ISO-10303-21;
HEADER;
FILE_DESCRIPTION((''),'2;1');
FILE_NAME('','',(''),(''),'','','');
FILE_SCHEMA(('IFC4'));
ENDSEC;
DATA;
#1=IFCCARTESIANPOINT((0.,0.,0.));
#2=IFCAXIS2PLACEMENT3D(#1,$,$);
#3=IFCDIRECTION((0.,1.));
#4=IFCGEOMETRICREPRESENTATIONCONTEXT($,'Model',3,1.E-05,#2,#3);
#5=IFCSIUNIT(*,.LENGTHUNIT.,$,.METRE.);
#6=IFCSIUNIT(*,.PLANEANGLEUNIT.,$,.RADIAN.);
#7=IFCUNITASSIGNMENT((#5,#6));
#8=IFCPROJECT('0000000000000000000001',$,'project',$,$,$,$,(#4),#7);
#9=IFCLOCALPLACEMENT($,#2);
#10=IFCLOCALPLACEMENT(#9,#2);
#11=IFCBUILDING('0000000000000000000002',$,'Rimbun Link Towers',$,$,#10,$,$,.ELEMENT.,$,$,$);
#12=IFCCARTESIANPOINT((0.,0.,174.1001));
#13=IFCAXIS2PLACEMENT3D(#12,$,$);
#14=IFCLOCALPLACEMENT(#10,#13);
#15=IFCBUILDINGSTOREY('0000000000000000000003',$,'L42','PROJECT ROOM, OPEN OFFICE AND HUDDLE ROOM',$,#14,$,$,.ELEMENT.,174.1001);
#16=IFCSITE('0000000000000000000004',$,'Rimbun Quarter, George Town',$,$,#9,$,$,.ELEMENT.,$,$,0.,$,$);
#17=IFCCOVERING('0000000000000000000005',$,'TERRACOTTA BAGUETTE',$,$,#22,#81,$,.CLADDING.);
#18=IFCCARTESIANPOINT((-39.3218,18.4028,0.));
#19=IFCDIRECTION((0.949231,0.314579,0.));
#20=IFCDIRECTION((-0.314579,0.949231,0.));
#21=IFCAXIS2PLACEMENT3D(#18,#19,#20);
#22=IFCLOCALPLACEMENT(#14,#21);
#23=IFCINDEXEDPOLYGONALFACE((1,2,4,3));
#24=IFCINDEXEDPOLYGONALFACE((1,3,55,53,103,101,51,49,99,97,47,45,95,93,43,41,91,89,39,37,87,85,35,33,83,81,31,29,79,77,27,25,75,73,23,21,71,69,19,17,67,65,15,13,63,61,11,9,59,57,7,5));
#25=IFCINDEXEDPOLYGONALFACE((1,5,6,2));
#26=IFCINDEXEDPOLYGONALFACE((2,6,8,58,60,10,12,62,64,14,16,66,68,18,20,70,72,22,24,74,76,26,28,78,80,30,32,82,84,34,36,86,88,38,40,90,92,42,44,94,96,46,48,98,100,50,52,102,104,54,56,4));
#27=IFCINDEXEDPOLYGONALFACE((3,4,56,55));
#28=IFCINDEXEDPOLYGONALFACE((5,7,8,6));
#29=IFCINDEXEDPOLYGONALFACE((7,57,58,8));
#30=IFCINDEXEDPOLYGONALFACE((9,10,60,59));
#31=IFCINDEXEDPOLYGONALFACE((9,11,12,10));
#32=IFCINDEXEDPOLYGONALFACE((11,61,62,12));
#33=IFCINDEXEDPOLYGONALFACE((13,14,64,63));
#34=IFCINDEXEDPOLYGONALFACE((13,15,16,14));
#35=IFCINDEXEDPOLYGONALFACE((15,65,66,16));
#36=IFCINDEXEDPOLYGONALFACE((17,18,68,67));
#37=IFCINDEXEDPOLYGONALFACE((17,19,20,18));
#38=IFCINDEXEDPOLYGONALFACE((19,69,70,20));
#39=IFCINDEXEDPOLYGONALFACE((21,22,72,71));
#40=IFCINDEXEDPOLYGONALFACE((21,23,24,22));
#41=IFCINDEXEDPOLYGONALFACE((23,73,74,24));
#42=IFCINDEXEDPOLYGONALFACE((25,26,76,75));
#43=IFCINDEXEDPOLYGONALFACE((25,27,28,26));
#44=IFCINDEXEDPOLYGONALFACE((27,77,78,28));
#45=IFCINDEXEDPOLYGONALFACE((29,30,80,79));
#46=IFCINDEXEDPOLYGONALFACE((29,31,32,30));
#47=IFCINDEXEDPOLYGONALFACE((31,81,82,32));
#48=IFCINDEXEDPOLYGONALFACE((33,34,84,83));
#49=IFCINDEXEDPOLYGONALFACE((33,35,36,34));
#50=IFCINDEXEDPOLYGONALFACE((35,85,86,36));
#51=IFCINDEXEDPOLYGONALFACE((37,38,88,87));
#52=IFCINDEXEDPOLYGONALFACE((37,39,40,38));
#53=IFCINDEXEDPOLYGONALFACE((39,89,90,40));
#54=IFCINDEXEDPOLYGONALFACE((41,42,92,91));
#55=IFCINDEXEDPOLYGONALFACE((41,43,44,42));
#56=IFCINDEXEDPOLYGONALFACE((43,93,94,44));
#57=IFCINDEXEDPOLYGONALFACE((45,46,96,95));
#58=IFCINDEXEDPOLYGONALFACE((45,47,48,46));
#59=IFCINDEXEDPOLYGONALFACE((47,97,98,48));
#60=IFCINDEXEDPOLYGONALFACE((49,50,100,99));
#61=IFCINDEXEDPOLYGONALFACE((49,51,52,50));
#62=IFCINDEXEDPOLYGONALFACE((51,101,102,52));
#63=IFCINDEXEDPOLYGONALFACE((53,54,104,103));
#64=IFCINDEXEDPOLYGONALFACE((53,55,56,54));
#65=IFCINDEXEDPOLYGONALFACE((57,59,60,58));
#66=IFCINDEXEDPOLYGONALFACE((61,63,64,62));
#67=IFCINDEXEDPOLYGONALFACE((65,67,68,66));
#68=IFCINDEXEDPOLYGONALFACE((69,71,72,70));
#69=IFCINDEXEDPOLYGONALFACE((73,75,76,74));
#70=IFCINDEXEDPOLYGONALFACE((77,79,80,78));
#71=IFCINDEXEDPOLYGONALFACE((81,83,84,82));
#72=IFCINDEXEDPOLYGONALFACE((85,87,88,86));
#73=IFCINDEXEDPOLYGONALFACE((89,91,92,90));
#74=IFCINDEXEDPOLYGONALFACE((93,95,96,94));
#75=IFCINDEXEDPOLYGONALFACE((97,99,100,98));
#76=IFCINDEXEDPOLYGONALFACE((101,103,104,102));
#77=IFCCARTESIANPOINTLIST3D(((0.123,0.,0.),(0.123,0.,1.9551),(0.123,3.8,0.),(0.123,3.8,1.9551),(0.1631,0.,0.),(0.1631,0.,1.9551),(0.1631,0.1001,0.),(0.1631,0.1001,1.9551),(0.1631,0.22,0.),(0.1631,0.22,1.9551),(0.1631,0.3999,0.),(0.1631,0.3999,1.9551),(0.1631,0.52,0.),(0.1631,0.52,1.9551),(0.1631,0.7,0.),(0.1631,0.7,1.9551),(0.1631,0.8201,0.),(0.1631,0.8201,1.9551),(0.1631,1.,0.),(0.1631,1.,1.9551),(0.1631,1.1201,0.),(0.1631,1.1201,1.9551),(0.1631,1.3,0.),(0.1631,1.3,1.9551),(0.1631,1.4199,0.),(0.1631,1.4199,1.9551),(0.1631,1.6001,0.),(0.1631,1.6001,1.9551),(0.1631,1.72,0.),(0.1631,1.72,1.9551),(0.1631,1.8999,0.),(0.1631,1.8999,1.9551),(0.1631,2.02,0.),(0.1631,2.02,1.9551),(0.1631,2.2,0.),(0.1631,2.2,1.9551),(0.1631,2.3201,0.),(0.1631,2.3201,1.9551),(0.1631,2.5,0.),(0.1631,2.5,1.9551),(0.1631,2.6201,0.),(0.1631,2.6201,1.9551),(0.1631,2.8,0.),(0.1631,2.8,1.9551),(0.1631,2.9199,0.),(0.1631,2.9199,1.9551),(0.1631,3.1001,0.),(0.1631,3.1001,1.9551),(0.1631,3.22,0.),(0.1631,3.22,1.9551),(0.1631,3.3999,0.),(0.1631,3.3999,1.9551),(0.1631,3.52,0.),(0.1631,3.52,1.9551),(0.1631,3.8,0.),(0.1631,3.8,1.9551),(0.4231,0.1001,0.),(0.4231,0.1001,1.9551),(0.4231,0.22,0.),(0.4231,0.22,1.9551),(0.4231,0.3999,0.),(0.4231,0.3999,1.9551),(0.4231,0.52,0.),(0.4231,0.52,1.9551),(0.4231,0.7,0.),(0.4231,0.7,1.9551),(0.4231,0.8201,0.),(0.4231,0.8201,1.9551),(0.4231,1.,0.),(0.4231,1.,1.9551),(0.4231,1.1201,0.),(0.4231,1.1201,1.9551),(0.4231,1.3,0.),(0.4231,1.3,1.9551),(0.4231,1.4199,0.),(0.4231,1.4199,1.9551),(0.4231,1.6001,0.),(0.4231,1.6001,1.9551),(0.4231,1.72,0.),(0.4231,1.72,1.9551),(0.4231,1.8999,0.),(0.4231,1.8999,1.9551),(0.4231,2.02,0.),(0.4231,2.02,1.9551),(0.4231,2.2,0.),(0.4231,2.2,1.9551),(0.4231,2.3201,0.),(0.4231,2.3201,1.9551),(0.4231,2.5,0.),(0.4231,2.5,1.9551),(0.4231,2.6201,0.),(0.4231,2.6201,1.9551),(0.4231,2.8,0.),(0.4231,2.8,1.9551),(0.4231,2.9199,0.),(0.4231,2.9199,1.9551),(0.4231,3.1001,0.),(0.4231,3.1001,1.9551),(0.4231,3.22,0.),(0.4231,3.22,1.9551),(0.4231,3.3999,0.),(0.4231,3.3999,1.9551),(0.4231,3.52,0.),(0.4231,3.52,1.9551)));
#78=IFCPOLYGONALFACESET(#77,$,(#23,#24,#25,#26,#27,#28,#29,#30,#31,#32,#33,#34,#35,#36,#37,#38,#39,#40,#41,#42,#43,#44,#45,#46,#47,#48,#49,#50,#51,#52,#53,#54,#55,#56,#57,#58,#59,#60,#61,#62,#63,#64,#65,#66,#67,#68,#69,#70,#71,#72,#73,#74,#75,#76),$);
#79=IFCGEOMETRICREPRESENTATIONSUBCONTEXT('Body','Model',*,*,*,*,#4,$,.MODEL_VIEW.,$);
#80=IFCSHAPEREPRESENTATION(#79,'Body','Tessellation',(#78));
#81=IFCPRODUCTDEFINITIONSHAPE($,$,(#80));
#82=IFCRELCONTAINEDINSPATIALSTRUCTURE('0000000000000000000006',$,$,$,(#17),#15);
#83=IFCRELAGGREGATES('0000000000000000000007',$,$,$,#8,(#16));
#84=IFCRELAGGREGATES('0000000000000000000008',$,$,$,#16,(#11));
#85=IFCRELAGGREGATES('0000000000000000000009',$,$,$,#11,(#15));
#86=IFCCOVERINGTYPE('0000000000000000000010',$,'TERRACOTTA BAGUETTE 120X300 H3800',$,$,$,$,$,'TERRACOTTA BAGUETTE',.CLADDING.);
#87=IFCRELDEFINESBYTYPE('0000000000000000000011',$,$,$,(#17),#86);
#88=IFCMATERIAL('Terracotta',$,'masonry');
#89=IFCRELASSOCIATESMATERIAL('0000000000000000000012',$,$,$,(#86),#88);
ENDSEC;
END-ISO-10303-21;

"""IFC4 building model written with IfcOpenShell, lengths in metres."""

from ifc_helpers import new_model, si_unit, direction, frame, origin, place, context, subcontext, project, spatial, polyline, outline, extrude, material, material_profile, profile_set, type_object, element, save


model = new_model("IFC4")

# Units and contexts
model_context = context("Model", 3, precision=1e-05, world=origin(), true_north=direction((0.0, 1.0)))
body_context = subcontext(model_context, "Body", "Model", "MODEL_VIEW")
ifc_project = project(units=[si_unit("LENGTHUNIT", "METRE"), si_unit("PLANEANGLEUNIT", "RADIAN")], contexts=[model_context])

# Site, building, storey
site_placement = place(None, origin())
site = spatial("IfcSite", under=ifc_project, at=site_placement, Name="Rimbun Quarter, George Town", CompositionType="ELEMENT", RefElevation=0.0)
building_placement = place(site_placement, origin())
building = spatial("IfcBuilding", under=site, at=building_placement, Name="Rimbun Link Towers", CompositionType="ELEMENT")
storey_placement = place(building_placement, frame((0.0, 0.0, 174.1001)))
storey = spatial("IfcBuildingStorey", under=building, at=storey_placement, Name="L42", Description="PROJECT ROOM, OPEN OFFICE AND HUDDLE ROOM", CompositionType="ELEMENT", Elevation=174.1001)

# Covering
ifc_material_1 = material(Name="Terracotta", Category="masonry")
ifc_material_profile_1 = material_profile(ifc_material_1, outline(polyline([(0.123, 0.0), (0.1631, 0.0), (0.1631, 0.1001), (0.4231, 0.1001), (0.4231, 0.22), (0.1631, 0.22), (0.1631, 0.3999), (0.4231, 0.3999), (0.4231, 0.52), (0.1631, 0.52), (0.1631, 0.7), (0.4231, 0.7), (0.4231, 0.8201), (0.1631, 0.8201), (0.1631, 1.0), (0.4231, 1.0), (0.4231, 1.1201), (0.1631, 1.1201), (0.1631, 1.3), (0.4231, 1.3), (0.4231, 1.4199), (0.1631, 1.4199), (0.1631, 1.6001), (0.4231, 1.6001), (0.4231, 1.72), (0.1631, 1.72), (0.1631, 1.8999), (0.4231, 1.8999), (0.4231, 2.02), (0.1631, 2.02), (0.1631, 2.2), (0.4231, 2.2), (0.4231, 2.3201), (0.1631, 2.3201), (0.1631, 2.5), (0.4231, 2.5), (0.4231, 2.6201), (0.1631, 2.6201), (0.1631, 2.8), (0.4231, 2.8), (0.4231, 2.9199), (0.1631, 2.9199), (0.1631, 3.1001), (0.4231, 3.1001), (0.4231, 3.22), (0.1631, 3.22), (0.1631, 3.3999), (0.4231, 3.3999), (0.4231, 3.52), (0.1631, 3.52), (0.1631, 3.8), (0.123, 3.8), (0.123, 0.0)])), Name="BAGUETTE 120X300")
ifc_profile_set_1 = profile_set([ifc_material_profile_1], Name="Terracotta")
covering_type = type_object("IfcCoveringType", Name="TERRACOTTA BAGUETTE 120X300 H3800", ElementType="TERRACOTTA BAGUETTE", PredefinedType="CLADDING", material=ifc_profile_set_1)
covering_placement = place(storey_placement, frame((-39.3218, 18.4028, 0.0), z_axis=(0.949231, 0.314579, 0.0), x_axis=(-0.314579, 0.949231, 0.0)))
element("IfcCovering", 1, at=covering_placement, inside=storey, type_object=covering_type, Name="TERRACOTTA BAGUETTE", PredefinedType="CLADDING", context=body_context, shape_type="SweptSolid", body=[
    extrude(outline(polyline([(0.123, 0.0), (0.1631, 0.0), (0.1631, 0.1001), (0.4231, 0.1001), (0.4231, 0.22), (0.1631, 0.22), (0.1631, 0.3999), (0.4231, 0.3999), (0.4231, 0.52), (0.1631, 0.52), (0.1631, 0.7), (0.4231, 0.7), (0.4231, 0.8201), (0.1631, 0.8201), (0.1631, 1.0), (0.4231, 1.0), (0.4231, 1.1201), (0.1631, 1.1201), (0.1631, 1.3), (0.4231, 1.3), (0.4231, 1.4199), (0.1631, 1.4199), (0.1631, 1.6001), (0.4231, 1.6001), (0.4231, 1.72), (0.1631, 1.72), (0.1631, 1.8999), (0.4231, 1.8999), (0.4231, 2.02), (0.1631, 2.02), (0.1631, 2.2), (0.4231, 2.2), (0.4231, 2.3201), (0.1631, 2.3201), (0.1631, 2.5), (0.4231, 2.5), (0.4231, 2.6201), (0.1631, 2.6201), (0.1631, 2.8), (0.4231, 2.8), (0.4231, 2.9199), (0.1631, 2.9199), (0.1631, 3.1001), (0.4231, 3.1001), (0.4231, 3.22), (0.1631, 3.22), (0.1631, 3.3999), (0.4231, 3.3999), (0.4231, 3.52), (0.1631, 3.52), (0.1631, 3.8), (0.123, 3.8), (0.123, 0.0)])), origin(), (0.0, 0.0, 1.0), 1.9551),
])

save(model, "model.ifc")
